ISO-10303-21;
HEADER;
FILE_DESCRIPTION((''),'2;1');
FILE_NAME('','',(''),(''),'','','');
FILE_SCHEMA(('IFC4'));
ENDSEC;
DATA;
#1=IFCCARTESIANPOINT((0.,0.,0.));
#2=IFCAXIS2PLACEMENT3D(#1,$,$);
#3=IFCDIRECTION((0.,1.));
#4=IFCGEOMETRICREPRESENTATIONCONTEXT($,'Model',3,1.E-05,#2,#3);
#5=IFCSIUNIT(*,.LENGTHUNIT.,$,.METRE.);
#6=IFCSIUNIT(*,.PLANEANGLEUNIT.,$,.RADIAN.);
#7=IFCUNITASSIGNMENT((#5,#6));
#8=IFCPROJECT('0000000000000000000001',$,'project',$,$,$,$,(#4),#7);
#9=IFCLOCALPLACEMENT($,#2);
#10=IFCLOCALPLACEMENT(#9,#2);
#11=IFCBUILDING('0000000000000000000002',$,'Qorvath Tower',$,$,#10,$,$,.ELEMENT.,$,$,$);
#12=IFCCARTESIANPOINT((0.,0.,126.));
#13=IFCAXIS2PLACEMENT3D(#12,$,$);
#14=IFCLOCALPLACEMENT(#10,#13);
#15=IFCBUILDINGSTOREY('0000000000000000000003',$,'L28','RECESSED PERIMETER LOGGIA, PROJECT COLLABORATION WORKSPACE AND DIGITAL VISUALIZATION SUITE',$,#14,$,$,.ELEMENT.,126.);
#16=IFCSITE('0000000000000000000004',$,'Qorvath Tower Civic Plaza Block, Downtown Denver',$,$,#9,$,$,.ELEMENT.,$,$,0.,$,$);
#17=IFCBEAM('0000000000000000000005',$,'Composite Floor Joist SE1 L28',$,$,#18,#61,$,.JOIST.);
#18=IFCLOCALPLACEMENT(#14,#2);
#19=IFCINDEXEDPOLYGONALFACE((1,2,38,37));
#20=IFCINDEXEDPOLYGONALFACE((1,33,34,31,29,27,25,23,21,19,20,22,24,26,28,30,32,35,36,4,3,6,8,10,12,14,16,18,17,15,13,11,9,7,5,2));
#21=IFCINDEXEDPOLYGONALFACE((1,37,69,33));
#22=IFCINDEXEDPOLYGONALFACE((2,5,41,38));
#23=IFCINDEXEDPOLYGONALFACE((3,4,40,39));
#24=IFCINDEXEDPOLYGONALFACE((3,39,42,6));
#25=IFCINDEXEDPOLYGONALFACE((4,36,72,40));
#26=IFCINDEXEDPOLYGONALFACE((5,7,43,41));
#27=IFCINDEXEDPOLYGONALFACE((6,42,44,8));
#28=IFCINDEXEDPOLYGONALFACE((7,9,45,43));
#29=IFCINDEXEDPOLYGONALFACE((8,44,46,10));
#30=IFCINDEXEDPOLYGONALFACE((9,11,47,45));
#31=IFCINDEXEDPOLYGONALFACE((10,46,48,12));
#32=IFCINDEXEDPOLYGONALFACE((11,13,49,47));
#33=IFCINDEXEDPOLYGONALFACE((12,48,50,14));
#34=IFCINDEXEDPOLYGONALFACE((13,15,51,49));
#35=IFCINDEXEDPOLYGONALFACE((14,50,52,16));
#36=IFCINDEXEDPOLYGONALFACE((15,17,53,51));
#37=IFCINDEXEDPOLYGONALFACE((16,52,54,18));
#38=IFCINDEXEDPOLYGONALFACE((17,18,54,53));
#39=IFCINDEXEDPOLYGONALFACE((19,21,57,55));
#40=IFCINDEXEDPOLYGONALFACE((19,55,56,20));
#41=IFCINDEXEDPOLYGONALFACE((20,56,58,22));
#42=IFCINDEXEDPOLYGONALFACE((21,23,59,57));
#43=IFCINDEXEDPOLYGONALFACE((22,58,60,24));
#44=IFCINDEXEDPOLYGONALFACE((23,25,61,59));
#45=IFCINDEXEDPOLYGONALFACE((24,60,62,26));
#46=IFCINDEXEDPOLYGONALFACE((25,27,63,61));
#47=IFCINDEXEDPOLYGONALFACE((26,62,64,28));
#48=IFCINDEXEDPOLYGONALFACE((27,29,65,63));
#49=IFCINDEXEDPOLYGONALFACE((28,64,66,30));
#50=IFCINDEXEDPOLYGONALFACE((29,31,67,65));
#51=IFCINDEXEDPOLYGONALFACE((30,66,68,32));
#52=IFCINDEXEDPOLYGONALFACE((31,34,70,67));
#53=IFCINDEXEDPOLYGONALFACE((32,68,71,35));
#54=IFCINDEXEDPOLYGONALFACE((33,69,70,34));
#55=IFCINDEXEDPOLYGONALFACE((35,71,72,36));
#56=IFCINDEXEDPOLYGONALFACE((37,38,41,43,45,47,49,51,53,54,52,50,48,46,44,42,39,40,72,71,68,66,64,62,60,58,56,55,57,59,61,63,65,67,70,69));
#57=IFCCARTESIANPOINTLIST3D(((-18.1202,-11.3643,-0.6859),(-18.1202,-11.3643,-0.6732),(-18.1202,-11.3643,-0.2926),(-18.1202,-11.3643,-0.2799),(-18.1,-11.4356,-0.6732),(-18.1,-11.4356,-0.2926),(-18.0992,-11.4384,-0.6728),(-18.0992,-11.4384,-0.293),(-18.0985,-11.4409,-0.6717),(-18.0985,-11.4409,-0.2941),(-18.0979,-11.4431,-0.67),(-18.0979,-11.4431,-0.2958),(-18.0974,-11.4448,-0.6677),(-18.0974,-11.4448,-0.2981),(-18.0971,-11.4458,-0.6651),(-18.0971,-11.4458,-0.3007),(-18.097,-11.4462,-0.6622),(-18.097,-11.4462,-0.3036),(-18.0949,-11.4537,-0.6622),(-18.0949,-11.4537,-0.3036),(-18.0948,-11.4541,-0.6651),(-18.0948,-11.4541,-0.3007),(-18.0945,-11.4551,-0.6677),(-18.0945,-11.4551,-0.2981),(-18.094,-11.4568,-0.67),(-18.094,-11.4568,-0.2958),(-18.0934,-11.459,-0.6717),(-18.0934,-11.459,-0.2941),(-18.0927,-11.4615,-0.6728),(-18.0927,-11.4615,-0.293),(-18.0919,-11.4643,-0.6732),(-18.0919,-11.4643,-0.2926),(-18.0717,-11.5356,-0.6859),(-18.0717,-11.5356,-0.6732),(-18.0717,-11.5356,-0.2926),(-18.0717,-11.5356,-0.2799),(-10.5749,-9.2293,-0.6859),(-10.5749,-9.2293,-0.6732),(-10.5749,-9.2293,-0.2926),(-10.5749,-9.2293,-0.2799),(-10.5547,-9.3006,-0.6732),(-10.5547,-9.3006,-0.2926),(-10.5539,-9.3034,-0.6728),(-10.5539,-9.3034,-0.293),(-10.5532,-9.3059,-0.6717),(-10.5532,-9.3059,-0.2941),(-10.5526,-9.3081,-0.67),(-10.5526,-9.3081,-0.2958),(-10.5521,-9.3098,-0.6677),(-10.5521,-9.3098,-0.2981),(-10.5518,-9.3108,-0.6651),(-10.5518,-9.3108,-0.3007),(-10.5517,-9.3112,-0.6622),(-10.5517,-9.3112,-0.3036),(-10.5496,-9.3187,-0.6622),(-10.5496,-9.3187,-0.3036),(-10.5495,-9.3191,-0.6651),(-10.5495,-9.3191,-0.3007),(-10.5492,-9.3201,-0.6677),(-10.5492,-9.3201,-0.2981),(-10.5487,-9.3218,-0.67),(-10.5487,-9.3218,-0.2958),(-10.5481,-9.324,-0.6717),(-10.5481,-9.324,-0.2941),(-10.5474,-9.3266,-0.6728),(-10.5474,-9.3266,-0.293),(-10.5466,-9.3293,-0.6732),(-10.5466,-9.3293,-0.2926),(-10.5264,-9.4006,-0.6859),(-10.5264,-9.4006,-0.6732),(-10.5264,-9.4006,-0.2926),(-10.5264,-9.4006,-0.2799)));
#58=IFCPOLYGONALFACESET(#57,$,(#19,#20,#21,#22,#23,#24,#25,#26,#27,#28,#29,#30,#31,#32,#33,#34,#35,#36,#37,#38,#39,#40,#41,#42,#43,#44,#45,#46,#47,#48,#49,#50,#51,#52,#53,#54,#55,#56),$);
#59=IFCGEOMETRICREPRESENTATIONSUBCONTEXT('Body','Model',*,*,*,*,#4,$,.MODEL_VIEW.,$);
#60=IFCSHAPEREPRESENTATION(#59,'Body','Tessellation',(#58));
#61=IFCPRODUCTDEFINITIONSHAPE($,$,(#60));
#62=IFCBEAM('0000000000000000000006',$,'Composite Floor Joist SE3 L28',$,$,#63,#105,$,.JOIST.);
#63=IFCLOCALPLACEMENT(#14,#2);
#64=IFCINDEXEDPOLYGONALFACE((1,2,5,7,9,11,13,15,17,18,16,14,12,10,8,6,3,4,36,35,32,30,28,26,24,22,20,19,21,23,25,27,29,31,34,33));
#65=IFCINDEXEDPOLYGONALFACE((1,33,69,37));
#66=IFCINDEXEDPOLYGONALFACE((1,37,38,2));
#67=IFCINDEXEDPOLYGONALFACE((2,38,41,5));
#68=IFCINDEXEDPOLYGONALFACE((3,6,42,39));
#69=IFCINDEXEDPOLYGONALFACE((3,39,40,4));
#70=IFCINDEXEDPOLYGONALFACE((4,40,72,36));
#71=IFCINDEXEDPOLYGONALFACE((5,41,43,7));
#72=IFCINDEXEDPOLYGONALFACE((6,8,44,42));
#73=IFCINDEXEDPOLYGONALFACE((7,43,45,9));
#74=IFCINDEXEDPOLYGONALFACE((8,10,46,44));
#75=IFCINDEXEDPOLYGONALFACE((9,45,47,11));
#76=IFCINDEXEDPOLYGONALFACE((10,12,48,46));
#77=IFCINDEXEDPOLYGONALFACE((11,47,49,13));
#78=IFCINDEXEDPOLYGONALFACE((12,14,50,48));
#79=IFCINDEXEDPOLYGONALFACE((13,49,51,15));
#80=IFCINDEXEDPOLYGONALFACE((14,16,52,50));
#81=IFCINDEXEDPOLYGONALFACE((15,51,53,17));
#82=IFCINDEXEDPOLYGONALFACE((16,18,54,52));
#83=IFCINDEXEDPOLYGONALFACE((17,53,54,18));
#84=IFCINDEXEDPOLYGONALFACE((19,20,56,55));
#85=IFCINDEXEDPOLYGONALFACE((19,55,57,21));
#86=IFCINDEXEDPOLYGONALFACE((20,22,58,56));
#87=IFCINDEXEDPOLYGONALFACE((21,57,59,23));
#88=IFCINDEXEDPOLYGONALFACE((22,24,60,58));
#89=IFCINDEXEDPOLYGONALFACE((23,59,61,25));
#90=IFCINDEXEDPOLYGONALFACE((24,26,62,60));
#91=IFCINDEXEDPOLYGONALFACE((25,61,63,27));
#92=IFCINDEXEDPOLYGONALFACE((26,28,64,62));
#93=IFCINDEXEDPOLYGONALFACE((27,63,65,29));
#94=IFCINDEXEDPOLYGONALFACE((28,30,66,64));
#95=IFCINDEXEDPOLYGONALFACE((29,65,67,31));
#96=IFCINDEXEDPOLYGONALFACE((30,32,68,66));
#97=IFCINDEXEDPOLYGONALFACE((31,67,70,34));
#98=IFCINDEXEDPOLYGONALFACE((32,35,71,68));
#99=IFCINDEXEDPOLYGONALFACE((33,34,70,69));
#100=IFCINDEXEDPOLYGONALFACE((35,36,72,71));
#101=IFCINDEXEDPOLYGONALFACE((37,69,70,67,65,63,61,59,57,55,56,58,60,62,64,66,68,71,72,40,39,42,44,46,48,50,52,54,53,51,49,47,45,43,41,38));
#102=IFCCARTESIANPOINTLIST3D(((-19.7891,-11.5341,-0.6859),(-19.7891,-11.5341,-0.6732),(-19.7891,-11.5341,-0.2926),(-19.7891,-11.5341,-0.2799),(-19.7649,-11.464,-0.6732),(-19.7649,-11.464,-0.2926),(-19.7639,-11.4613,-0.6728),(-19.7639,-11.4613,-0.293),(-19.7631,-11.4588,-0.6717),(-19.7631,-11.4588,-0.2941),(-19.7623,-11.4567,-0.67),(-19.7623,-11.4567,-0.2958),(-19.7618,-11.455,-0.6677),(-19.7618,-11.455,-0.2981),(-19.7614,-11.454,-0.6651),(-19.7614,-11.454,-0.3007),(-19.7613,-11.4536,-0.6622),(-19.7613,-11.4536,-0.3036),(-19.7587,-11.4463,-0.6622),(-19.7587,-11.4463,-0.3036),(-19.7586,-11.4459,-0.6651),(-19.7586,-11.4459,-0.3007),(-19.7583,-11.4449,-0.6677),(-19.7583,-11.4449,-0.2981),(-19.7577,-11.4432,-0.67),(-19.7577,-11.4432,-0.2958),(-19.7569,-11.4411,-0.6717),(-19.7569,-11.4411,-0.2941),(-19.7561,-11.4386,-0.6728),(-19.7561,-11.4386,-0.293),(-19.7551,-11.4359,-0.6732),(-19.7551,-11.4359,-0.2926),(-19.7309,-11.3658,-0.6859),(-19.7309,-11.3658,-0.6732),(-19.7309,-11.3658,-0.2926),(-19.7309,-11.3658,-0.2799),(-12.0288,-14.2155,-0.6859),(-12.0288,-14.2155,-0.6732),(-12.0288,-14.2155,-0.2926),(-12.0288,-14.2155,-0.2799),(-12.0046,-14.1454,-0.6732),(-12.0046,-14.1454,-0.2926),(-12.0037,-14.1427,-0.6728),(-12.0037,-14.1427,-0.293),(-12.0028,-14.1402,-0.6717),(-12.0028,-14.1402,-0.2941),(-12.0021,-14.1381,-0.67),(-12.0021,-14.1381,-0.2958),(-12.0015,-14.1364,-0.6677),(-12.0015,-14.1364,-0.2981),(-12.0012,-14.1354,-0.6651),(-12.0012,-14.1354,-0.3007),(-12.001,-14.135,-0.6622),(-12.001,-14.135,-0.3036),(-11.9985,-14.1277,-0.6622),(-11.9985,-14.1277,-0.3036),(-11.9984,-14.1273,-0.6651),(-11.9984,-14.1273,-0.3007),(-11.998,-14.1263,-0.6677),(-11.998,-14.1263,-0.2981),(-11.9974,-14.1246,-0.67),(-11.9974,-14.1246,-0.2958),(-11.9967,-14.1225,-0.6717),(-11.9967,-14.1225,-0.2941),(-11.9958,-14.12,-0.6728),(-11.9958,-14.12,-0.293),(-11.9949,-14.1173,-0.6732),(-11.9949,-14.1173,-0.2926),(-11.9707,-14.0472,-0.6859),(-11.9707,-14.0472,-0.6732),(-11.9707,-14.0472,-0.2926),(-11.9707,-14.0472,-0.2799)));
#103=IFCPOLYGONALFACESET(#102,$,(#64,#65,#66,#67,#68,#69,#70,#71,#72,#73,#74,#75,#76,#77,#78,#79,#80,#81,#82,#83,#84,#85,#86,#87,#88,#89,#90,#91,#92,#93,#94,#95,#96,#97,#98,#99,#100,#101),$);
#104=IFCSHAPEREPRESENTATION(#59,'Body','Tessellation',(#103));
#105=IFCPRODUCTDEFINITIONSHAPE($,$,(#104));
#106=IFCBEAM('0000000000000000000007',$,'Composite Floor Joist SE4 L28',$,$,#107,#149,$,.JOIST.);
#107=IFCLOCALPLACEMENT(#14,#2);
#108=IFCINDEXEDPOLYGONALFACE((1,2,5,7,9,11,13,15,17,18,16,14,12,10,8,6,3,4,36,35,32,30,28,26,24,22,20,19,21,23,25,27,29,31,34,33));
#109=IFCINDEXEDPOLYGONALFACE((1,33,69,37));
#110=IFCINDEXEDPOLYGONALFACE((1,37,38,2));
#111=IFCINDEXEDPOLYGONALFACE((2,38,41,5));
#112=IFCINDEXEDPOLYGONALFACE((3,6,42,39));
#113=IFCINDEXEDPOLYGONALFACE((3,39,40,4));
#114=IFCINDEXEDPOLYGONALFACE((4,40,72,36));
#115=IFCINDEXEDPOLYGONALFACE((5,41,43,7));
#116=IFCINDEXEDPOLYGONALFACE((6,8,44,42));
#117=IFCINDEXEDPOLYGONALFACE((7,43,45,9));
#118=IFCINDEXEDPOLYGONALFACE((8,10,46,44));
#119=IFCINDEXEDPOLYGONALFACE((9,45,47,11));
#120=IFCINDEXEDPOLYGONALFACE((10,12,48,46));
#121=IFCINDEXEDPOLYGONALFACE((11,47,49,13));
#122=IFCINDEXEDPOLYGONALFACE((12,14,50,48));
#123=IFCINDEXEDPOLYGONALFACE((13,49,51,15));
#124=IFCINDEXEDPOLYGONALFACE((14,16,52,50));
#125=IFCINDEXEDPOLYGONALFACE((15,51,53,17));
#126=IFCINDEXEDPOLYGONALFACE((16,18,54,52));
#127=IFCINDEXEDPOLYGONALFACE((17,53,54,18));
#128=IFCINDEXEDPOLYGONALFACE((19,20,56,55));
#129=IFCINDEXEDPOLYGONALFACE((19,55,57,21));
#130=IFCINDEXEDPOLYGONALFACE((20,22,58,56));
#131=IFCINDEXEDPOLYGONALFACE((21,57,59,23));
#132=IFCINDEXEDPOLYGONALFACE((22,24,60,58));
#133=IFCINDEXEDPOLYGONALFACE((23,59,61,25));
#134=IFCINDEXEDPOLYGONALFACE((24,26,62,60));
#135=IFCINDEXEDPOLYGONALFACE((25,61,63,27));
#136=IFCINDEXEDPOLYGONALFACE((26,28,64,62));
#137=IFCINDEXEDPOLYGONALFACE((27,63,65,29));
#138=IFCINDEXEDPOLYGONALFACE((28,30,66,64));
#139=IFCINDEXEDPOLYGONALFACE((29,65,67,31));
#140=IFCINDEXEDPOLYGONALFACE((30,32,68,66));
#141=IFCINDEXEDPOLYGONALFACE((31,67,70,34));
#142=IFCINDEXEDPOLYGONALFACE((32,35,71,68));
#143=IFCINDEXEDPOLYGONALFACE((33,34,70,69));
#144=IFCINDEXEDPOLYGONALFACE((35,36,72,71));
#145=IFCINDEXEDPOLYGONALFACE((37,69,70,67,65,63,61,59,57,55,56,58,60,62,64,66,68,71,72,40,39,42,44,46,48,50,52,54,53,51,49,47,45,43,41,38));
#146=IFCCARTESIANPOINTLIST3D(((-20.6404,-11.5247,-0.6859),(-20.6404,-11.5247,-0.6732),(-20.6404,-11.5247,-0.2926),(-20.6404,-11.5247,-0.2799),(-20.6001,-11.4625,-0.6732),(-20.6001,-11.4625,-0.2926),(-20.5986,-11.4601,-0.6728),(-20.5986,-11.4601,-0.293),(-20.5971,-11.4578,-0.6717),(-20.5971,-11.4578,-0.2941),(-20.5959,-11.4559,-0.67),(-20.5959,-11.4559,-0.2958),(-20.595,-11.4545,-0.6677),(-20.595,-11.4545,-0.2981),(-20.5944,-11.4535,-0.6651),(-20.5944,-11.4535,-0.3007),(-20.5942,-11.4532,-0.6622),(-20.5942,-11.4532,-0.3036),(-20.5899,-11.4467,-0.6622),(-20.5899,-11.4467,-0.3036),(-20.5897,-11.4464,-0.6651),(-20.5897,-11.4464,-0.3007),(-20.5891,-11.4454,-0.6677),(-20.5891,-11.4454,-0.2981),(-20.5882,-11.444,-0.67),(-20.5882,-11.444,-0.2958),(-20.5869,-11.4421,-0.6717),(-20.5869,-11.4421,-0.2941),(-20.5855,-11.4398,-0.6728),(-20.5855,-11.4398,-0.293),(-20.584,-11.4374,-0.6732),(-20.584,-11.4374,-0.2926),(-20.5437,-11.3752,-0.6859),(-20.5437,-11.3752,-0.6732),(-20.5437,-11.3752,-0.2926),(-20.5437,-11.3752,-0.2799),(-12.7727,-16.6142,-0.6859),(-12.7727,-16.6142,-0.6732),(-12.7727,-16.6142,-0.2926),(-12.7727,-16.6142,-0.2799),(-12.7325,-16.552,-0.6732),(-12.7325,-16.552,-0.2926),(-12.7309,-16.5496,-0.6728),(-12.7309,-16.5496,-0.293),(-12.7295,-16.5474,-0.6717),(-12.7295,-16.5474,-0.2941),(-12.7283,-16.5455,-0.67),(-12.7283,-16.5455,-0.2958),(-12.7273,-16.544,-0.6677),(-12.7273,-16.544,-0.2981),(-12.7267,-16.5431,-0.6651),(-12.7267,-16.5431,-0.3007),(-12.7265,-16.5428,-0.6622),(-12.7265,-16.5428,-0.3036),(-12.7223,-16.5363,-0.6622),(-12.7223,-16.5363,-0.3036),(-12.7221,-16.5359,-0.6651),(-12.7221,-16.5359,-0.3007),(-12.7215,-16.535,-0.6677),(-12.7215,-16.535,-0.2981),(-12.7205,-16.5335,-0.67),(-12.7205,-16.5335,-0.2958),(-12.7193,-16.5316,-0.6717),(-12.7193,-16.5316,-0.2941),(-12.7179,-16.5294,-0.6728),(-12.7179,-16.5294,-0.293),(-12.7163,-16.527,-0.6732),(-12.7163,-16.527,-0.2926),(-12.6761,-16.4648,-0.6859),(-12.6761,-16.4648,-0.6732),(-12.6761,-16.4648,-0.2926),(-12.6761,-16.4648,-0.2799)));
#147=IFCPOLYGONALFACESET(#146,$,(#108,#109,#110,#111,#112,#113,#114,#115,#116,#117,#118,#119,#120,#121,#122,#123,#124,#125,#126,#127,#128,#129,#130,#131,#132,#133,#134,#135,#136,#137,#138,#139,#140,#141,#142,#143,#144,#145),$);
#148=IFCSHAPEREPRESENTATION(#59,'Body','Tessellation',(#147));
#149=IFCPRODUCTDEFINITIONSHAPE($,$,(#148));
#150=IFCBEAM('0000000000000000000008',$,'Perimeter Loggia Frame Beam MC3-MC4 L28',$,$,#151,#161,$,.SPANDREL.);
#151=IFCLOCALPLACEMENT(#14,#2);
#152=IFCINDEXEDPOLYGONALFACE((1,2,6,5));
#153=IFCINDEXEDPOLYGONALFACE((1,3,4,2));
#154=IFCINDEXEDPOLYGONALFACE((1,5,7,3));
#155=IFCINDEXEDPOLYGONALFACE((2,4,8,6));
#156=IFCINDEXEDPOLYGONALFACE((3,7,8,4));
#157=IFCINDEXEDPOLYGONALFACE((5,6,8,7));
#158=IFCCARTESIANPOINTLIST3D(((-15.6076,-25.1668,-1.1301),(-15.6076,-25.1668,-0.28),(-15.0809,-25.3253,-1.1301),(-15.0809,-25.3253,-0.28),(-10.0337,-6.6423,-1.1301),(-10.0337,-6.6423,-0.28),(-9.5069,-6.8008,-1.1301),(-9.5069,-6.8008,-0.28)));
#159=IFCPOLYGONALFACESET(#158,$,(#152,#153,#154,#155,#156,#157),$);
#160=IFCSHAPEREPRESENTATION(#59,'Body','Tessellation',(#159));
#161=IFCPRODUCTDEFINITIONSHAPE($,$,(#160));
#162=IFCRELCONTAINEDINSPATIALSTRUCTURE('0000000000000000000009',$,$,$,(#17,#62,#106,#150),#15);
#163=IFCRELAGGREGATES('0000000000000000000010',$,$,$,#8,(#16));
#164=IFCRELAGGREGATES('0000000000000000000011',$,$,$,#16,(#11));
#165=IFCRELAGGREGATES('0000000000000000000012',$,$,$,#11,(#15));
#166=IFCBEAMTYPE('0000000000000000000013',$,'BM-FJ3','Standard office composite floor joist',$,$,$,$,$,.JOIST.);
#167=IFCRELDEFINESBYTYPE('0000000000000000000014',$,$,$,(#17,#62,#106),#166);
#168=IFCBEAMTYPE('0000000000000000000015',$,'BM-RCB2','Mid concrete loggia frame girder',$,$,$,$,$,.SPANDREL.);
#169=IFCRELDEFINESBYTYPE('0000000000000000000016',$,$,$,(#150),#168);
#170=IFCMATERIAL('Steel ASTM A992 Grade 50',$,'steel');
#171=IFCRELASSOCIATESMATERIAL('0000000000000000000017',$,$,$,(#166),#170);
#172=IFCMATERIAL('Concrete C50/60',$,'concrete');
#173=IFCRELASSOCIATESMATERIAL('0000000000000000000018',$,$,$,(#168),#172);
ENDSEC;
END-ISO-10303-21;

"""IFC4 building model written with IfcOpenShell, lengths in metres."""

from ifc_helpers import new_model, si_unit, direction, frame, origin, origin_2d, place, context, subcontext, project, spatial, rectangle, i_section, extrude, material, material_profile, profile_set, type_object, element, save


model = new_model("IFC4")

# Units and contexts
model_context = context("Model", 3, precision=1e-05, world=origin(), true_north=direction((0.0, 1.0)))
body_context = subcontext(model_context, "Body", "Model", "MODEL_VIEW")
ifc_project = project(units=[si_unit("LENGTHUNIT", "METRE"), si_unit("PLANEANGLEUNIT", "RADIAN")], contexts=[model_context])

# Site, building, storey
site_placement = place(None, origin())
site = spatial("IfcSite", under=ifc_project, at=site_placement, Name="Qorvath Tower Civic Plaza Block, Downtown Denver", CompositionType="ELEMENT", RefElevation=0.0)
building_placement = place(site_placement, origin())
building = spatial("IfcBuilding", under=site, at=building_placement, Name="Qorvath Tower", CompositionType="ELEMENT")
storey_placement = place(building_placement, frame((0.0, 0.0, 126.0)))
storey = spatial("IfcBuildingStorey", under=building, at=storey_placement, Name="L28", Description="RECESSED PERIMETER LOGGIA, PROJECT COLLABORATION WORKSPACE AND DIGITAL VISUALIZATION SUITE", CompositionType="ELEMENT", Elevation=126.0)

# Beams
ifc_material_1 = material(Name="Steel ASTM A992 Grade 50", Category="steel")
ifc_material_profile_1 = material_profile(ifc_material_1, i_section(OverallWidth=0.178, OverallDepth=0.406, WebThickness=0.0078, FlangeThickness=0.0127, FilletRadius=0.011, at=origin_2d()), Name="W16x40")
ifc_profile_set_1 = profile_set([ifc_material_profile_1], Name="Steel ASTM A992 Grade 50")
beam_type_1 = type_object("IfcBeamType", Name="BM-FJ3", Description="Standard office composite floor joist", PredefinedType="JOIST", material=ifc_profile_set_1)
beam_1_placement = place(storey_placement, frame((-18.0959, -11.45, -0.4829), z_axis=(0.962222, 0.272265, 0.0), x_axis=(-0.272265, 0.962222, 0.0)))
element("IfcBeam", 1, at=beam_1_placement, inside=storey, type_object=beam_type_1, Name="Composite Floor Joist SE1 L28", PredefinedType="JOIST", context=body_context, shape_type="SweptSolid", body=[
    extrude(i_section(OverallWidth=0.178, OverallDepth=0.406, WebThickness=0.0078, FlangeThickness=0.0127, FilletRadius=0.011, at=origin_2d()), origin(), (0.0, 0.0, 1.0), 7.8416),
])
beam_2_placement = place(storey_placement, frame((-19.76, -11.45, -0.4829), z_axis=(0.945168, -0.326584, 0.0), x_axis=(0.326584, 0.945168, 0.0)))
element("IfcBeam", 2, at=beam_2_placement, inside=storey, type_object=beam_type_1, Name="Composite Floor Joist SE3 L28", PredefinedType="JOIST", context=body_context, shape_type="SweptSolid", body=[
    extrude(i_section(OverallWidth=0.178, OverallDepth=0.406, WebThickness=0.0078, FlangeThickness=0.0127, FilletRadius=0.011, at=origin_2d()), origin(), (0.0, 0.0, 1.0), 8.2104),
])
beam_3_placement = place(storey_placement, frame((-20.592, -11.45, -0.4829), z_axis=(0.839631, -0.543157, 0.0), x_axis=(0.543157, 0.839631, 0.0)))
element("IfcBeam", 3, at=beam_3_placement, inside=storey, type_object=beam_type_1, Name="Composite Floor Joist SE4 L28", PredefinedType="JOIST", context=body_context, shape_type="SweptSolid", body=[
    extrude(i_section(OverallWidth=0.178, OverallDepth=0.406, WebThickness=0.0078, FlangeThickness=0.0127, FilletRadius=0.011, at=origin_2d()), origin(), (0.0, 0.0, 1.0), 9.3704),
])
ifc_material_2 = material(Name="Concrete C50/60", Category="concrete")
ifc_material_profile_2 = material_profile(ifc_material_2, rectangle(XDim=0.55, YDim=0.8501, at=origin_2d()), Name="RCB 850x550")
ifc_profile_set_2 = profile_set([ifc_material_profile_2], Name="Concrete C50/60")
beam_type_2 = type_object("IfcBeamType", Name="BM-RCB2", Description="Mid concrete loggia frame girder", PredefinedType="SPANDREL", material=ifc_profile_set_2)
beam_4_placement = place(storey_placement, frame((-15.3442, -25.2461, -0.7051), z_axis=(0.288134, 0.95759, 0.0), x_axis=(-0.95759, 0.288134, 0.0)))
element("IfcBeam", 4, at=beam_4_placement, inside=storey, type_object=beam_type_2, Name="Perimeter Loggia Frame Beam MC3-MC4 L28", PredefinedType="SPANDREL", context=body_context, shape_type="SweptSolid", body=[
    extrude(rectangle(XDim=0.55, YDim=0.8501, at=origin_2d()), origin(), (0.0, 0.0, 1.0), 19.345),
])

save(model, "model.ifc")
